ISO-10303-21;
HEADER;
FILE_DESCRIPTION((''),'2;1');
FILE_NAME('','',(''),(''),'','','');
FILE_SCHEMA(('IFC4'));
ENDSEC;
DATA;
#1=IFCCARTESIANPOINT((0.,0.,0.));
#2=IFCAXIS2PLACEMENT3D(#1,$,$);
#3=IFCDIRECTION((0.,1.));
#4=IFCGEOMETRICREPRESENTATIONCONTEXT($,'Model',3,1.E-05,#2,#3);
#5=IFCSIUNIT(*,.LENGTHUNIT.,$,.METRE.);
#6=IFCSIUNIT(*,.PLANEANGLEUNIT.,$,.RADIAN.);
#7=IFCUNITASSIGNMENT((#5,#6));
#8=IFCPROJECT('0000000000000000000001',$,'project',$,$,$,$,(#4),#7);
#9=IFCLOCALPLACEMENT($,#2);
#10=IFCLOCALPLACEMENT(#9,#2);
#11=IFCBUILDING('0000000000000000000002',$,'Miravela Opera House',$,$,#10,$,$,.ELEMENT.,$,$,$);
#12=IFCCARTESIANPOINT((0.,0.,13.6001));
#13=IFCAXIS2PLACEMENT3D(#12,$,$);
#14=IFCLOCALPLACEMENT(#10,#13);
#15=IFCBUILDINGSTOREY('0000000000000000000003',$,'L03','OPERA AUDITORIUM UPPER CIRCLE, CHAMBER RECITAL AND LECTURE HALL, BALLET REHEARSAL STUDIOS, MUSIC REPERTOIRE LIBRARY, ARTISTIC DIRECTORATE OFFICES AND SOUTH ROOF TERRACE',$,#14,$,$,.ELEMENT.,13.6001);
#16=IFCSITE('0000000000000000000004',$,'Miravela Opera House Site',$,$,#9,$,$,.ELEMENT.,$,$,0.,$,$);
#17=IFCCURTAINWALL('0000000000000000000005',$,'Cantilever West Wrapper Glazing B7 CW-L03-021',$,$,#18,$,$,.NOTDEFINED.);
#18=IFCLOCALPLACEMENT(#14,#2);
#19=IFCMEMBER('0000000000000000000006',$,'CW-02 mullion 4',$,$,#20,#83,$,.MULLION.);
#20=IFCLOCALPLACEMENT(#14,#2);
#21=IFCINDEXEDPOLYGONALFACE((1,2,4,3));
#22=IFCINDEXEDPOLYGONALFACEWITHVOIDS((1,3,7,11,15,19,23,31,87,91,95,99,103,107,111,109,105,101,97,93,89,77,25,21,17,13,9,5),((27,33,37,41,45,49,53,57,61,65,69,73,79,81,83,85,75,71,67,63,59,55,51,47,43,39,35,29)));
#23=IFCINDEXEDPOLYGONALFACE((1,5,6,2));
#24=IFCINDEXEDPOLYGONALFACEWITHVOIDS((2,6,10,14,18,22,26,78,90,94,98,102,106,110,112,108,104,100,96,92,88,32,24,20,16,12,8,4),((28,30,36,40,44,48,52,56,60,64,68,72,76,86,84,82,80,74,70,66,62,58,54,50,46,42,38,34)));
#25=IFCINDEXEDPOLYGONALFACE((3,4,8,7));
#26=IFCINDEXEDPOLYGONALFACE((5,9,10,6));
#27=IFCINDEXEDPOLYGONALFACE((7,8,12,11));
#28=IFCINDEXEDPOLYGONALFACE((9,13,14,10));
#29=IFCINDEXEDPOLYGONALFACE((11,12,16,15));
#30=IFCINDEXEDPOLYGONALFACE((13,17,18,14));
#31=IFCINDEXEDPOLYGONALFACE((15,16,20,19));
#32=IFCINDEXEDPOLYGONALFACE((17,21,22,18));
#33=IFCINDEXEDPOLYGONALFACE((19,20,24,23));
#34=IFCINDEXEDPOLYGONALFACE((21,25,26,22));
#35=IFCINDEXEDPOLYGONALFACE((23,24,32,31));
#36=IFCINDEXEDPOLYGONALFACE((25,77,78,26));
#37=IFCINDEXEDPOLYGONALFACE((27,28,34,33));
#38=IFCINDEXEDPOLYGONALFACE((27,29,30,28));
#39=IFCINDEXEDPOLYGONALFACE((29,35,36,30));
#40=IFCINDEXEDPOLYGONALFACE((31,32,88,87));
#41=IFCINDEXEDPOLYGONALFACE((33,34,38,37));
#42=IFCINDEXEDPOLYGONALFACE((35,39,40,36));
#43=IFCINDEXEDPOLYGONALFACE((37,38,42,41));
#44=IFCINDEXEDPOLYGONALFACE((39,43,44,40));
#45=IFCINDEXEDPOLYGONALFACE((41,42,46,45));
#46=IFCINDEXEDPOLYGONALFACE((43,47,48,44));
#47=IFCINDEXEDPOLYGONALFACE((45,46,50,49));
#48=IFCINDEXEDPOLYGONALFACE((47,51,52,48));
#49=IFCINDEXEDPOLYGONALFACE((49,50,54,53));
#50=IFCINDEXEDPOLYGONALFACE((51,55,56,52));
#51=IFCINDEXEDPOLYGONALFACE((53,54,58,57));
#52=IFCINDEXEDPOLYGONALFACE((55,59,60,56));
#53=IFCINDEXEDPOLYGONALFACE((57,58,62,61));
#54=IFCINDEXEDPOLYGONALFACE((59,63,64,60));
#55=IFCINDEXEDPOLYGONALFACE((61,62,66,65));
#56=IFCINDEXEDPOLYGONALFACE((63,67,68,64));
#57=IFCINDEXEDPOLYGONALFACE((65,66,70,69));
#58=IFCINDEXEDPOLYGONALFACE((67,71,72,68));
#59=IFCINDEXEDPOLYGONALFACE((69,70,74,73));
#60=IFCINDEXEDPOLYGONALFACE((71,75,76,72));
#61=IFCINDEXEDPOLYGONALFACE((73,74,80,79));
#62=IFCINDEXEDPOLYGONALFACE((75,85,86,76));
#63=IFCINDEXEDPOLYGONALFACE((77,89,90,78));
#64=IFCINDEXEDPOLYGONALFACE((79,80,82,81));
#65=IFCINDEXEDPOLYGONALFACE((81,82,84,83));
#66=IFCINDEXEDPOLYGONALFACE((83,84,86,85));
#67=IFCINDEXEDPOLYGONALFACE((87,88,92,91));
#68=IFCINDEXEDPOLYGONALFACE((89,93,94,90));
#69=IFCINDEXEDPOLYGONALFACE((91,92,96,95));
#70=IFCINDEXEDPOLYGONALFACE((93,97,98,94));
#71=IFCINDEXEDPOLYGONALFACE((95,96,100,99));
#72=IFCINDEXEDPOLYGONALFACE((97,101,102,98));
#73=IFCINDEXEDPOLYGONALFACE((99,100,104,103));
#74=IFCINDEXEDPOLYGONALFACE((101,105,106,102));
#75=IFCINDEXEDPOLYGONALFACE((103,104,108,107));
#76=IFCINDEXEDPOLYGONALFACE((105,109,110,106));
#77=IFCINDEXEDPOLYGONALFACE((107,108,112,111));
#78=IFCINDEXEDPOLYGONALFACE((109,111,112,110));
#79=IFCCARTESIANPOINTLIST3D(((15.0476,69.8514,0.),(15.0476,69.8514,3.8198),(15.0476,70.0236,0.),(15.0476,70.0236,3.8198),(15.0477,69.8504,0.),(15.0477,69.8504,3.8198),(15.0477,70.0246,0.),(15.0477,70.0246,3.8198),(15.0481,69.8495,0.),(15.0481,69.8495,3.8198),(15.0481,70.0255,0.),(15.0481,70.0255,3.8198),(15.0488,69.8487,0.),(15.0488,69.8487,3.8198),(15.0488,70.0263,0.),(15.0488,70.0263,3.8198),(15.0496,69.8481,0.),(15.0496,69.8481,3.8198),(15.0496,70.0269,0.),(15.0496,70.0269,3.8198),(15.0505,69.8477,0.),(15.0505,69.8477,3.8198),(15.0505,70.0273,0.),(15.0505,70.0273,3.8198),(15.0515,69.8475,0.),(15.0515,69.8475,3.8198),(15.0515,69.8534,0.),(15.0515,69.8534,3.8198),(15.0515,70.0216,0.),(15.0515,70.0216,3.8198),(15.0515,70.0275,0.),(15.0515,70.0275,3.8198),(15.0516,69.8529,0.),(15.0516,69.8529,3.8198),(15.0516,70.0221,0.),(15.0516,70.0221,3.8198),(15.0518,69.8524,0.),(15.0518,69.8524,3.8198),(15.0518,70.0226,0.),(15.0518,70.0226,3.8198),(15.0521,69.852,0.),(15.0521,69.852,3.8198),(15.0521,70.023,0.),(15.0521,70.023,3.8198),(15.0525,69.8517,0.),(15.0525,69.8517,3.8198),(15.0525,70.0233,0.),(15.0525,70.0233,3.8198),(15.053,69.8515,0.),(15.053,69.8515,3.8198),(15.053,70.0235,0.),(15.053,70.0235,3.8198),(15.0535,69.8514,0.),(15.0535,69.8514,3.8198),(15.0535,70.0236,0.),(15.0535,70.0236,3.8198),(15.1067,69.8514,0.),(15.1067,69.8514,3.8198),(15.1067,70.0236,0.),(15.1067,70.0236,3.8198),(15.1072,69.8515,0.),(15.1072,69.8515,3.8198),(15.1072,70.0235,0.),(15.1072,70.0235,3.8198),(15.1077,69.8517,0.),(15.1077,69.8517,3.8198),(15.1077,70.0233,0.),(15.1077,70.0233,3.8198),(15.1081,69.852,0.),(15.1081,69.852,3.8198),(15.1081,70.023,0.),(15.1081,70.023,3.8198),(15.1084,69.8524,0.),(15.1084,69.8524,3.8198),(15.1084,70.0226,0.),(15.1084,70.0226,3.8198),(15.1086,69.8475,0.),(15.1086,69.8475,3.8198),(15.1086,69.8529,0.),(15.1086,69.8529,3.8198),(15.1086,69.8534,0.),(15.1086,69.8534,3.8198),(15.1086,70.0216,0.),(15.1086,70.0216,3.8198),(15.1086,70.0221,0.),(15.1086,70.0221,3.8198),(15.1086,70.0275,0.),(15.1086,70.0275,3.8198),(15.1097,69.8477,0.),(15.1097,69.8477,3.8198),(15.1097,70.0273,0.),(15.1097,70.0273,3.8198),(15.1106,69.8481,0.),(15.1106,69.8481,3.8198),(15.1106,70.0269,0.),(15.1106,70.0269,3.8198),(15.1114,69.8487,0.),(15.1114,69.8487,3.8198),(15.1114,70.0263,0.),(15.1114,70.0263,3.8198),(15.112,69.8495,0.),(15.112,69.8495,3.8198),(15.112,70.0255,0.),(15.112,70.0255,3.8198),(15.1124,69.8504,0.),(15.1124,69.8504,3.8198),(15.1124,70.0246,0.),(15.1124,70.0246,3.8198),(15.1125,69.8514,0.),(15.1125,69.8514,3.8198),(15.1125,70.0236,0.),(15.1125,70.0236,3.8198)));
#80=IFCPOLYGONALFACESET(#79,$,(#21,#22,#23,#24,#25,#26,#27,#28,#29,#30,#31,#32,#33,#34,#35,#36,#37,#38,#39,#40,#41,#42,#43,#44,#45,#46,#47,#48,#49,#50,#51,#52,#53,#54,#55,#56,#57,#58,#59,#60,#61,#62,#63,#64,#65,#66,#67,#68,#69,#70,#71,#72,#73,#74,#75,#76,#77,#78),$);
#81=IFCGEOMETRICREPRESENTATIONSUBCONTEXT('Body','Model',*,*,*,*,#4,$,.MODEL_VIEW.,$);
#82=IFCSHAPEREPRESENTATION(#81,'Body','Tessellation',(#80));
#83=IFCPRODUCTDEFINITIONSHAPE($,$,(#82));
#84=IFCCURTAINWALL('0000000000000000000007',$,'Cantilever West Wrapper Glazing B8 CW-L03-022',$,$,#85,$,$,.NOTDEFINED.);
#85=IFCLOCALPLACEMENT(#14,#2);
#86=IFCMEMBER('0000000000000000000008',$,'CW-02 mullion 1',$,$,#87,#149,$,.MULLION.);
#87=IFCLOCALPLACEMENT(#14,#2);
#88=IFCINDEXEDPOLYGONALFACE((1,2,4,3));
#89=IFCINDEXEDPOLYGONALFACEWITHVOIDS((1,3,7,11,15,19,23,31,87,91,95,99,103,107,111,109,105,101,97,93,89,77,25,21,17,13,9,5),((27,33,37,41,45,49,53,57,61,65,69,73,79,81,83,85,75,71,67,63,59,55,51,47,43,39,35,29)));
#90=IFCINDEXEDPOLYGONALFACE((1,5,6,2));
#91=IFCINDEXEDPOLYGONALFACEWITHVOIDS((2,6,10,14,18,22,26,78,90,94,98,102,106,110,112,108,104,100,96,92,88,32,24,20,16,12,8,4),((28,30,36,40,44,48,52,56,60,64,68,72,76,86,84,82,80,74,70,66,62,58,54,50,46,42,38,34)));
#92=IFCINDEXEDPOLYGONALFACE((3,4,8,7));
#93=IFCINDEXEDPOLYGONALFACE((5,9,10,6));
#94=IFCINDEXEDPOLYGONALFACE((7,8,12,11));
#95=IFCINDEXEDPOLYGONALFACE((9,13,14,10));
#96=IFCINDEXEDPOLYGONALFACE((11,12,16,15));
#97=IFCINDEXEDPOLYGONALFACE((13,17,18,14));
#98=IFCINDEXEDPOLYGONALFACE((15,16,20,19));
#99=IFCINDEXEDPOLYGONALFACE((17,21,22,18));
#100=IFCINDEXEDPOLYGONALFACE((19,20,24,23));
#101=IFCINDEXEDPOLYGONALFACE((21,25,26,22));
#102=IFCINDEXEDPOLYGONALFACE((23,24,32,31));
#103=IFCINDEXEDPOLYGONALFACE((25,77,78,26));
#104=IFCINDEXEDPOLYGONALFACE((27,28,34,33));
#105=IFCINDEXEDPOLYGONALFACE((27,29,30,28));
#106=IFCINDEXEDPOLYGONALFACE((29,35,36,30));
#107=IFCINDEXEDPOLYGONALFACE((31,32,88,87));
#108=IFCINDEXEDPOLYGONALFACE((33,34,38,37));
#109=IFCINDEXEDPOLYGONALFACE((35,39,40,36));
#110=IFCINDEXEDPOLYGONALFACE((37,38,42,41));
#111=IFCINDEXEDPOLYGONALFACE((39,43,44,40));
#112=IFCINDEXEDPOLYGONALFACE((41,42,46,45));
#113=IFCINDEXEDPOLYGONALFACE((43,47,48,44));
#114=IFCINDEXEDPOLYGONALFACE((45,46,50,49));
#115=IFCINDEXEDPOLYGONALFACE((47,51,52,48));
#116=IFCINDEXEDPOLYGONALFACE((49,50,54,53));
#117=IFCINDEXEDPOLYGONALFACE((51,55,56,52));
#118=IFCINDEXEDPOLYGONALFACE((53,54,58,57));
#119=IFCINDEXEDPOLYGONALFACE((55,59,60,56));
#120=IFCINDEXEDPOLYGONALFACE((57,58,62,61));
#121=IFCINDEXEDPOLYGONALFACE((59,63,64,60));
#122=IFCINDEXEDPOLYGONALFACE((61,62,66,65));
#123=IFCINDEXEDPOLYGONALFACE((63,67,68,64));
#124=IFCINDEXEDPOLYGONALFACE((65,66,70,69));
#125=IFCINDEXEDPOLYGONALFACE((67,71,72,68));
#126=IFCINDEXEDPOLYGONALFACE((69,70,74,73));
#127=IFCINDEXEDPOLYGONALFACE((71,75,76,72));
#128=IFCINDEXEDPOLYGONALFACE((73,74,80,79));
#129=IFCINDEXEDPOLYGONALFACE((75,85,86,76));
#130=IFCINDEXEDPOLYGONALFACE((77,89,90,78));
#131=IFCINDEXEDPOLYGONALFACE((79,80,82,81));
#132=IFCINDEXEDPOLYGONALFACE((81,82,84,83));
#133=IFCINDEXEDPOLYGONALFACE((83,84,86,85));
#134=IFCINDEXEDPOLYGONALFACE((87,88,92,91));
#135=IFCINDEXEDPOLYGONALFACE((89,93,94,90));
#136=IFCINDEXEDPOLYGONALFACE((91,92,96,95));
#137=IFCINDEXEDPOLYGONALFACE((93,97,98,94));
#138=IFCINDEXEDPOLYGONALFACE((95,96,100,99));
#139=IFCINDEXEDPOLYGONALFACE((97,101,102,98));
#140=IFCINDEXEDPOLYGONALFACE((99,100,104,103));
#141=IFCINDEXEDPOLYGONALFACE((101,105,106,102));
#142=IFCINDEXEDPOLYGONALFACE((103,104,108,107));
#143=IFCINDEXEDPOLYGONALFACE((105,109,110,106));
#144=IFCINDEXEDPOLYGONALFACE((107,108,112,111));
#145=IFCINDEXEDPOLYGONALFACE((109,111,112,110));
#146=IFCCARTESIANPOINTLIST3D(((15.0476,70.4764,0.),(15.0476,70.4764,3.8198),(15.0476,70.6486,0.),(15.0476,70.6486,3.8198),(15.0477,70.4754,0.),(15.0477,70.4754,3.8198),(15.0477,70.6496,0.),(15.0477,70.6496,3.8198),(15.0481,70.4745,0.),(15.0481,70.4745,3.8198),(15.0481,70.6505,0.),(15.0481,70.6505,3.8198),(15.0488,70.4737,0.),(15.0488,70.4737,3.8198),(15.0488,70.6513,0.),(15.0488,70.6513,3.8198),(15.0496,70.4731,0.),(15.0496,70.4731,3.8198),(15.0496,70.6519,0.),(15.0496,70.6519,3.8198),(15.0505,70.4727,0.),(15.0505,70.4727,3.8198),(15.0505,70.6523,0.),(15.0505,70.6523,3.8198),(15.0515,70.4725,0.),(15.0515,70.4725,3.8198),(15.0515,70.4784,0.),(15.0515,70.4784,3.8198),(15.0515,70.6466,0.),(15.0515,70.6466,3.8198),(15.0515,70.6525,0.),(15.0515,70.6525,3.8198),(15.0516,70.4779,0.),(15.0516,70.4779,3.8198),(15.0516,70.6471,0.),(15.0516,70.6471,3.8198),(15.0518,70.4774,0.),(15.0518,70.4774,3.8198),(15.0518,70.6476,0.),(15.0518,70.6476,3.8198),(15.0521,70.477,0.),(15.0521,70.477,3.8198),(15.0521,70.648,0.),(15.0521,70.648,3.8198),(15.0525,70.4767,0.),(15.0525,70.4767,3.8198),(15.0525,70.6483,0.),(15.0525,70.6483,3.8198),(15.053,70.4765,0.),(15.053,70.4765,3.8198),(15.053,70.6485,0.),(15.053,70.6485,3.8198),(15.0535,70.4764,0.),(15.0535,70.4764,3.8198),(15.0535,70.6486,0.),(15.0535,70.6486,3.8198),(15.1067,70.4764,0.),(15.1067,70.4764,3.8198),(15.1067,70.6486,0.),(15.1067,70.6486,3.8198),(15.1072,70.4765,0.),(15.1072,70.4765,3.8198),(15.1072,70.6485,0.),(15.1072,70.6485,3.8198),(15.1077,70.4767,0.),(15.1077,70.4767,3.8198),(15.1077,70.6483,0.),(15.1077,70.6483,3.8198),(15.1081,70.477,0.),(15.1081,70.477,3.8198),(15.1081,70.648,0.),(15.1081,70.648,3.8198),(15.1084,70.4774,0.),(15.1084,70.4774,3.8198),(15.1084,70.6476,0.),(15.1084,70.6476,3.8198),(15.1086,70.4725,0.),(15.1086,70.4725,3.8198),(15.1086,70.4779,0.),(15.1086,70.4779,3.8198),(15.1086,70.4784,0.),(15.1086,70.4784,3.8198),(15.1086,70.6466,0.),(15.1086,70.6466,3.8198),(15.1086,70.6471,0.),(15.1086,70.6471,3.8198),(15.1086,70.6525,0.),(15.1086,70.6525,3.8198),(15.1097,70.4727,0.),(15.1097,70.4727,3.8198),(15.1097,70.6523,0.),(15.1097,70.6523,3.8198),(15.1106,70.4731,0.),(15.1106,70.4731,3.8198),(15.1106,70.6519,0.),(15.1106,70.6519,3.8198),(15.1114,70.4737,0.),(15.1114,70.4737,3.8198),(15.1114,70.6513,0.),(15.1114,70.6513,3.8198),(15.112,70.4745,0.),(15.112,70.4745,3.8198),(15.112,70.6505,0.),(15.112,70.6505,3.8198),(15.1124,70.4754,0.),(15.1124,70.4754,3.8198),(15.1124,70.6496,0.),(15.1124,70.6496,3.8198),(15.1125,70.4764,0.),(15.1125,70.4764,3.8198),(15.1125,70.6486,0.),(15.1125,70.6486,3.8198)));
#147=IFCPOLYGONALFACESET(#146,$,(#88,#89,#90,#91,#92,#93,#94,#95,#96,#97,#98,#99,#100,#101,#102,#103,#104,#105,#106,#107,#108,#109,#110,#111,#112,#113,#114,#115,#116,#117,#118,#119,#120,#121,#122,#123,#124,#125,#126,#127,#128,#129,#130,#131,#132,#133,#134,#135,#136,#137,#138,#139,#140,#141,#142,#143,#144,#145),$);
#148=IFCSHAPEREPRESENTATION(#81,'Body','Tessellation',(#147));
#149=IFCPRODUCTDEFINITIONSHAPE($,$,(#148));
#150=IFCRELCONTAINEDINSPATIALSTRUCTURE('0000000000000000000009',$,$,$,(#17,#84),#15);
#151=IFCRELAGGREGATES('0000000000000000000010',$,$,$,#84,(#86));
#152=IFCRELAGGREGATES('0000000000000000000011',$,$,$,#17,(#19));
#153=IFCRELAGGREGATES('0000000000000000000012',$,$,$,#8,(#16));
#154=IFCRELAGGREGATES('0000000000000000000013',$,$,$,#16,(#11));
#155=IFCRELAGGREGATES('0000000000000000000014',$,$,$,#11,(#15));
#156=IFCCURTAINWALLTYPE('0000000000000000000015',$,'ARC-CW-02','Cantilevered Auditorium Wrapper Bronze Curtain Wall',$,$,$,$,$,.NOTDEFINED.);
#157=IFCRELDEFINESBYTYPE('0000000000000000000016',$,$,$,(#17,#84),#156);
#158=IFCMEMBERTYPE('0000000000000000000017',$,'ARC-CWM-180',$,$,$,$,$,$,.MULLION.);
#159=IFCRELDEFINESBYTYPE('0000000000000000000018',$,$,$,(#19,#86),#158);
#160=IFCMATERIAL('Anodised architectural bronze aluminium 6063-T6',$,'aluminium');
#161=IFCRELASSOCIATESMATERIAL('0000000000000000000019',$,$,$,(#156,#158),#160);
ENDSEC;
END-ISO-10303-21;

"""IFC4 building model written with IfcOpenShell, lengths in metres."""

from ifc_helpers import new_model, si_unit, direction, frame, origin, origin_2d, place, context, subcontext, project, spatial, hollow_rectangle, extrude, material, material_profile, profile_set, type_object, element, aggregate, save


model = new_model("IFC4")

# Units and contexts
model_context = context("Model", 3, precision=1e-05, world=origin(), true_north=direction((0.0, 1.0)))
body_context = subcontext(model_context, "Body", "Model", "MODEL_VIEW")
ifc_project = project(units=[si_unit("LENGTHUNIT", "METRE"), si_unit("PLANEANGLEUNIT", "RADIAN")], contexts=[model_context])

# Site, building, storey
site_placement = place(None, origin())
site = spatial("IfcSite", under=ifc_project, at=site_placement, Name="Miravela Opera House Site", CompositionType="ELEMENT", RefElevation=0.0)
building_placement = place(site_placement, origin())
building = spatial("IfcBuilding", under=site, at=building_placement, Name="Miravela Opera House", CompositionType="ELEMENT")
storey_placement = place(building_placement, frame((0.0, 0.0, 13.6001)))
storey = spatial("IfcBuildingStorey", under=building, at=storey_placement, Name="L03", Description="OPERA AUDITORIUM UPPER CIRCLE, CHAMBER RECITAL AND LECTURE HALL, BALLET REHEARSAL STUDIOS, MUSIC REPERTOIRE LIBRARY, ARTISTIC DIRECTORATE OFFICES AND SOUTH ROOF TERRACE", CompositionType="ELEMENT", Elevation=13.6001)

# Curtain wall, member
ifc_material_1 = material(Name="Anodised architectural bronze aluminium 6063-T6", Category="aluminium")
curtain_wall_type = type_object("IfcCurtainWallType", Name="ARC-CW-02", Description="Cantilevered Auditorium Wrapper Bronze Curtain Wall", PredefinedType="NOTDEFINED", material=ifc_material_1)
curtain_wall_1_placement = place(storey_placement, origin())
curtain_wall_1 = element("IfcCurtainWall", 1, at=curtain_wall_1_placement, inside=storey, type_object=curtain_wall_type, Name="Cantilever West Wrapper Glazing B7 CW-L03-021", PredefinedType="NOTDEFINED")
ifc_material_profile_1 = material_profile(ifc_material_1, hollow_rectangle(XDim=0.0649, YDim=0.1799, WallThickness=0.0039, InnerFilletRadius=0.002, OuterFilletRadius=0.0039, at=origin_2d()), Name="CWM-65X180")
ifc_profile_set_1 = profile_set([ifc_material_profile_1])
member_type_1 = type_object("IfcMemberType", Name="ARC-CWM-180", PredefinedType="MULLION", material=ifc_profile_set_1)
member_1_placement = place(storey_placement, frame((15.0801, 69.9375, 0.0), z_axis=(0.0, 0.0, 1.0), x_axis=(-1.0, 0.0, 0.0)))
member_1 = element("IfcMember", 2, at=member_1_placement, type_object=member_type_1, Name="CW-02 mullion 4", PredefinedType="MULLION", context=body_context, shape_type="SweptSolid", body=[
    extrude(hollow_rectangle(XDim=0.0649, YDim=0.1799, WallThickness=0.0039, InnerFilletRadius=0.002, OuterFilletRadius=0.0039, at=origin_2d()), origin(), (0.0, 0.0, 1.0), 3.8198),
])

# Curtain wall, member
curtain_wall_2_placement = place(storey_placement, origin())
curtain_wall_2 = element("IfcCurtainWall", 3, at=curtain_wall_2_placement, inside=storey, type_object=curtain_wall_type, Name="Cantilever West Wrapper Glazing B8 CW-L03-022", PredefinedType="NOTDEFINED")
member_2_placement = place(storey_placement, frame((15.0801, 70.5625, 0.0), z_axis=(0.0, 0.0, 1.0), x_axis=(-1.0, 0.0, 0.0)))
member_2 = element("IfcMember", 4, at=member_2_placement, type_object=member_type_1, Name="CW-02 mullion 1", PredefinedType="MULLION", context=body_context, shape_type="SweptSolid", body=[
    extrude(hollow_rectangle(XDim=0.0649, YDim=0.1799, WallThickness=0.0039, InnerFilletRadius=0.002, OuterFilletRadius=0.0039, at=origin_2d()), origin(), (0.0, 0.0, 1.0), 3.8198),
])

aggregate(curtain_wall_2, [member_2])

aggregate(curtain_wall_1, [member_1])

save(model, "model.ifc")
